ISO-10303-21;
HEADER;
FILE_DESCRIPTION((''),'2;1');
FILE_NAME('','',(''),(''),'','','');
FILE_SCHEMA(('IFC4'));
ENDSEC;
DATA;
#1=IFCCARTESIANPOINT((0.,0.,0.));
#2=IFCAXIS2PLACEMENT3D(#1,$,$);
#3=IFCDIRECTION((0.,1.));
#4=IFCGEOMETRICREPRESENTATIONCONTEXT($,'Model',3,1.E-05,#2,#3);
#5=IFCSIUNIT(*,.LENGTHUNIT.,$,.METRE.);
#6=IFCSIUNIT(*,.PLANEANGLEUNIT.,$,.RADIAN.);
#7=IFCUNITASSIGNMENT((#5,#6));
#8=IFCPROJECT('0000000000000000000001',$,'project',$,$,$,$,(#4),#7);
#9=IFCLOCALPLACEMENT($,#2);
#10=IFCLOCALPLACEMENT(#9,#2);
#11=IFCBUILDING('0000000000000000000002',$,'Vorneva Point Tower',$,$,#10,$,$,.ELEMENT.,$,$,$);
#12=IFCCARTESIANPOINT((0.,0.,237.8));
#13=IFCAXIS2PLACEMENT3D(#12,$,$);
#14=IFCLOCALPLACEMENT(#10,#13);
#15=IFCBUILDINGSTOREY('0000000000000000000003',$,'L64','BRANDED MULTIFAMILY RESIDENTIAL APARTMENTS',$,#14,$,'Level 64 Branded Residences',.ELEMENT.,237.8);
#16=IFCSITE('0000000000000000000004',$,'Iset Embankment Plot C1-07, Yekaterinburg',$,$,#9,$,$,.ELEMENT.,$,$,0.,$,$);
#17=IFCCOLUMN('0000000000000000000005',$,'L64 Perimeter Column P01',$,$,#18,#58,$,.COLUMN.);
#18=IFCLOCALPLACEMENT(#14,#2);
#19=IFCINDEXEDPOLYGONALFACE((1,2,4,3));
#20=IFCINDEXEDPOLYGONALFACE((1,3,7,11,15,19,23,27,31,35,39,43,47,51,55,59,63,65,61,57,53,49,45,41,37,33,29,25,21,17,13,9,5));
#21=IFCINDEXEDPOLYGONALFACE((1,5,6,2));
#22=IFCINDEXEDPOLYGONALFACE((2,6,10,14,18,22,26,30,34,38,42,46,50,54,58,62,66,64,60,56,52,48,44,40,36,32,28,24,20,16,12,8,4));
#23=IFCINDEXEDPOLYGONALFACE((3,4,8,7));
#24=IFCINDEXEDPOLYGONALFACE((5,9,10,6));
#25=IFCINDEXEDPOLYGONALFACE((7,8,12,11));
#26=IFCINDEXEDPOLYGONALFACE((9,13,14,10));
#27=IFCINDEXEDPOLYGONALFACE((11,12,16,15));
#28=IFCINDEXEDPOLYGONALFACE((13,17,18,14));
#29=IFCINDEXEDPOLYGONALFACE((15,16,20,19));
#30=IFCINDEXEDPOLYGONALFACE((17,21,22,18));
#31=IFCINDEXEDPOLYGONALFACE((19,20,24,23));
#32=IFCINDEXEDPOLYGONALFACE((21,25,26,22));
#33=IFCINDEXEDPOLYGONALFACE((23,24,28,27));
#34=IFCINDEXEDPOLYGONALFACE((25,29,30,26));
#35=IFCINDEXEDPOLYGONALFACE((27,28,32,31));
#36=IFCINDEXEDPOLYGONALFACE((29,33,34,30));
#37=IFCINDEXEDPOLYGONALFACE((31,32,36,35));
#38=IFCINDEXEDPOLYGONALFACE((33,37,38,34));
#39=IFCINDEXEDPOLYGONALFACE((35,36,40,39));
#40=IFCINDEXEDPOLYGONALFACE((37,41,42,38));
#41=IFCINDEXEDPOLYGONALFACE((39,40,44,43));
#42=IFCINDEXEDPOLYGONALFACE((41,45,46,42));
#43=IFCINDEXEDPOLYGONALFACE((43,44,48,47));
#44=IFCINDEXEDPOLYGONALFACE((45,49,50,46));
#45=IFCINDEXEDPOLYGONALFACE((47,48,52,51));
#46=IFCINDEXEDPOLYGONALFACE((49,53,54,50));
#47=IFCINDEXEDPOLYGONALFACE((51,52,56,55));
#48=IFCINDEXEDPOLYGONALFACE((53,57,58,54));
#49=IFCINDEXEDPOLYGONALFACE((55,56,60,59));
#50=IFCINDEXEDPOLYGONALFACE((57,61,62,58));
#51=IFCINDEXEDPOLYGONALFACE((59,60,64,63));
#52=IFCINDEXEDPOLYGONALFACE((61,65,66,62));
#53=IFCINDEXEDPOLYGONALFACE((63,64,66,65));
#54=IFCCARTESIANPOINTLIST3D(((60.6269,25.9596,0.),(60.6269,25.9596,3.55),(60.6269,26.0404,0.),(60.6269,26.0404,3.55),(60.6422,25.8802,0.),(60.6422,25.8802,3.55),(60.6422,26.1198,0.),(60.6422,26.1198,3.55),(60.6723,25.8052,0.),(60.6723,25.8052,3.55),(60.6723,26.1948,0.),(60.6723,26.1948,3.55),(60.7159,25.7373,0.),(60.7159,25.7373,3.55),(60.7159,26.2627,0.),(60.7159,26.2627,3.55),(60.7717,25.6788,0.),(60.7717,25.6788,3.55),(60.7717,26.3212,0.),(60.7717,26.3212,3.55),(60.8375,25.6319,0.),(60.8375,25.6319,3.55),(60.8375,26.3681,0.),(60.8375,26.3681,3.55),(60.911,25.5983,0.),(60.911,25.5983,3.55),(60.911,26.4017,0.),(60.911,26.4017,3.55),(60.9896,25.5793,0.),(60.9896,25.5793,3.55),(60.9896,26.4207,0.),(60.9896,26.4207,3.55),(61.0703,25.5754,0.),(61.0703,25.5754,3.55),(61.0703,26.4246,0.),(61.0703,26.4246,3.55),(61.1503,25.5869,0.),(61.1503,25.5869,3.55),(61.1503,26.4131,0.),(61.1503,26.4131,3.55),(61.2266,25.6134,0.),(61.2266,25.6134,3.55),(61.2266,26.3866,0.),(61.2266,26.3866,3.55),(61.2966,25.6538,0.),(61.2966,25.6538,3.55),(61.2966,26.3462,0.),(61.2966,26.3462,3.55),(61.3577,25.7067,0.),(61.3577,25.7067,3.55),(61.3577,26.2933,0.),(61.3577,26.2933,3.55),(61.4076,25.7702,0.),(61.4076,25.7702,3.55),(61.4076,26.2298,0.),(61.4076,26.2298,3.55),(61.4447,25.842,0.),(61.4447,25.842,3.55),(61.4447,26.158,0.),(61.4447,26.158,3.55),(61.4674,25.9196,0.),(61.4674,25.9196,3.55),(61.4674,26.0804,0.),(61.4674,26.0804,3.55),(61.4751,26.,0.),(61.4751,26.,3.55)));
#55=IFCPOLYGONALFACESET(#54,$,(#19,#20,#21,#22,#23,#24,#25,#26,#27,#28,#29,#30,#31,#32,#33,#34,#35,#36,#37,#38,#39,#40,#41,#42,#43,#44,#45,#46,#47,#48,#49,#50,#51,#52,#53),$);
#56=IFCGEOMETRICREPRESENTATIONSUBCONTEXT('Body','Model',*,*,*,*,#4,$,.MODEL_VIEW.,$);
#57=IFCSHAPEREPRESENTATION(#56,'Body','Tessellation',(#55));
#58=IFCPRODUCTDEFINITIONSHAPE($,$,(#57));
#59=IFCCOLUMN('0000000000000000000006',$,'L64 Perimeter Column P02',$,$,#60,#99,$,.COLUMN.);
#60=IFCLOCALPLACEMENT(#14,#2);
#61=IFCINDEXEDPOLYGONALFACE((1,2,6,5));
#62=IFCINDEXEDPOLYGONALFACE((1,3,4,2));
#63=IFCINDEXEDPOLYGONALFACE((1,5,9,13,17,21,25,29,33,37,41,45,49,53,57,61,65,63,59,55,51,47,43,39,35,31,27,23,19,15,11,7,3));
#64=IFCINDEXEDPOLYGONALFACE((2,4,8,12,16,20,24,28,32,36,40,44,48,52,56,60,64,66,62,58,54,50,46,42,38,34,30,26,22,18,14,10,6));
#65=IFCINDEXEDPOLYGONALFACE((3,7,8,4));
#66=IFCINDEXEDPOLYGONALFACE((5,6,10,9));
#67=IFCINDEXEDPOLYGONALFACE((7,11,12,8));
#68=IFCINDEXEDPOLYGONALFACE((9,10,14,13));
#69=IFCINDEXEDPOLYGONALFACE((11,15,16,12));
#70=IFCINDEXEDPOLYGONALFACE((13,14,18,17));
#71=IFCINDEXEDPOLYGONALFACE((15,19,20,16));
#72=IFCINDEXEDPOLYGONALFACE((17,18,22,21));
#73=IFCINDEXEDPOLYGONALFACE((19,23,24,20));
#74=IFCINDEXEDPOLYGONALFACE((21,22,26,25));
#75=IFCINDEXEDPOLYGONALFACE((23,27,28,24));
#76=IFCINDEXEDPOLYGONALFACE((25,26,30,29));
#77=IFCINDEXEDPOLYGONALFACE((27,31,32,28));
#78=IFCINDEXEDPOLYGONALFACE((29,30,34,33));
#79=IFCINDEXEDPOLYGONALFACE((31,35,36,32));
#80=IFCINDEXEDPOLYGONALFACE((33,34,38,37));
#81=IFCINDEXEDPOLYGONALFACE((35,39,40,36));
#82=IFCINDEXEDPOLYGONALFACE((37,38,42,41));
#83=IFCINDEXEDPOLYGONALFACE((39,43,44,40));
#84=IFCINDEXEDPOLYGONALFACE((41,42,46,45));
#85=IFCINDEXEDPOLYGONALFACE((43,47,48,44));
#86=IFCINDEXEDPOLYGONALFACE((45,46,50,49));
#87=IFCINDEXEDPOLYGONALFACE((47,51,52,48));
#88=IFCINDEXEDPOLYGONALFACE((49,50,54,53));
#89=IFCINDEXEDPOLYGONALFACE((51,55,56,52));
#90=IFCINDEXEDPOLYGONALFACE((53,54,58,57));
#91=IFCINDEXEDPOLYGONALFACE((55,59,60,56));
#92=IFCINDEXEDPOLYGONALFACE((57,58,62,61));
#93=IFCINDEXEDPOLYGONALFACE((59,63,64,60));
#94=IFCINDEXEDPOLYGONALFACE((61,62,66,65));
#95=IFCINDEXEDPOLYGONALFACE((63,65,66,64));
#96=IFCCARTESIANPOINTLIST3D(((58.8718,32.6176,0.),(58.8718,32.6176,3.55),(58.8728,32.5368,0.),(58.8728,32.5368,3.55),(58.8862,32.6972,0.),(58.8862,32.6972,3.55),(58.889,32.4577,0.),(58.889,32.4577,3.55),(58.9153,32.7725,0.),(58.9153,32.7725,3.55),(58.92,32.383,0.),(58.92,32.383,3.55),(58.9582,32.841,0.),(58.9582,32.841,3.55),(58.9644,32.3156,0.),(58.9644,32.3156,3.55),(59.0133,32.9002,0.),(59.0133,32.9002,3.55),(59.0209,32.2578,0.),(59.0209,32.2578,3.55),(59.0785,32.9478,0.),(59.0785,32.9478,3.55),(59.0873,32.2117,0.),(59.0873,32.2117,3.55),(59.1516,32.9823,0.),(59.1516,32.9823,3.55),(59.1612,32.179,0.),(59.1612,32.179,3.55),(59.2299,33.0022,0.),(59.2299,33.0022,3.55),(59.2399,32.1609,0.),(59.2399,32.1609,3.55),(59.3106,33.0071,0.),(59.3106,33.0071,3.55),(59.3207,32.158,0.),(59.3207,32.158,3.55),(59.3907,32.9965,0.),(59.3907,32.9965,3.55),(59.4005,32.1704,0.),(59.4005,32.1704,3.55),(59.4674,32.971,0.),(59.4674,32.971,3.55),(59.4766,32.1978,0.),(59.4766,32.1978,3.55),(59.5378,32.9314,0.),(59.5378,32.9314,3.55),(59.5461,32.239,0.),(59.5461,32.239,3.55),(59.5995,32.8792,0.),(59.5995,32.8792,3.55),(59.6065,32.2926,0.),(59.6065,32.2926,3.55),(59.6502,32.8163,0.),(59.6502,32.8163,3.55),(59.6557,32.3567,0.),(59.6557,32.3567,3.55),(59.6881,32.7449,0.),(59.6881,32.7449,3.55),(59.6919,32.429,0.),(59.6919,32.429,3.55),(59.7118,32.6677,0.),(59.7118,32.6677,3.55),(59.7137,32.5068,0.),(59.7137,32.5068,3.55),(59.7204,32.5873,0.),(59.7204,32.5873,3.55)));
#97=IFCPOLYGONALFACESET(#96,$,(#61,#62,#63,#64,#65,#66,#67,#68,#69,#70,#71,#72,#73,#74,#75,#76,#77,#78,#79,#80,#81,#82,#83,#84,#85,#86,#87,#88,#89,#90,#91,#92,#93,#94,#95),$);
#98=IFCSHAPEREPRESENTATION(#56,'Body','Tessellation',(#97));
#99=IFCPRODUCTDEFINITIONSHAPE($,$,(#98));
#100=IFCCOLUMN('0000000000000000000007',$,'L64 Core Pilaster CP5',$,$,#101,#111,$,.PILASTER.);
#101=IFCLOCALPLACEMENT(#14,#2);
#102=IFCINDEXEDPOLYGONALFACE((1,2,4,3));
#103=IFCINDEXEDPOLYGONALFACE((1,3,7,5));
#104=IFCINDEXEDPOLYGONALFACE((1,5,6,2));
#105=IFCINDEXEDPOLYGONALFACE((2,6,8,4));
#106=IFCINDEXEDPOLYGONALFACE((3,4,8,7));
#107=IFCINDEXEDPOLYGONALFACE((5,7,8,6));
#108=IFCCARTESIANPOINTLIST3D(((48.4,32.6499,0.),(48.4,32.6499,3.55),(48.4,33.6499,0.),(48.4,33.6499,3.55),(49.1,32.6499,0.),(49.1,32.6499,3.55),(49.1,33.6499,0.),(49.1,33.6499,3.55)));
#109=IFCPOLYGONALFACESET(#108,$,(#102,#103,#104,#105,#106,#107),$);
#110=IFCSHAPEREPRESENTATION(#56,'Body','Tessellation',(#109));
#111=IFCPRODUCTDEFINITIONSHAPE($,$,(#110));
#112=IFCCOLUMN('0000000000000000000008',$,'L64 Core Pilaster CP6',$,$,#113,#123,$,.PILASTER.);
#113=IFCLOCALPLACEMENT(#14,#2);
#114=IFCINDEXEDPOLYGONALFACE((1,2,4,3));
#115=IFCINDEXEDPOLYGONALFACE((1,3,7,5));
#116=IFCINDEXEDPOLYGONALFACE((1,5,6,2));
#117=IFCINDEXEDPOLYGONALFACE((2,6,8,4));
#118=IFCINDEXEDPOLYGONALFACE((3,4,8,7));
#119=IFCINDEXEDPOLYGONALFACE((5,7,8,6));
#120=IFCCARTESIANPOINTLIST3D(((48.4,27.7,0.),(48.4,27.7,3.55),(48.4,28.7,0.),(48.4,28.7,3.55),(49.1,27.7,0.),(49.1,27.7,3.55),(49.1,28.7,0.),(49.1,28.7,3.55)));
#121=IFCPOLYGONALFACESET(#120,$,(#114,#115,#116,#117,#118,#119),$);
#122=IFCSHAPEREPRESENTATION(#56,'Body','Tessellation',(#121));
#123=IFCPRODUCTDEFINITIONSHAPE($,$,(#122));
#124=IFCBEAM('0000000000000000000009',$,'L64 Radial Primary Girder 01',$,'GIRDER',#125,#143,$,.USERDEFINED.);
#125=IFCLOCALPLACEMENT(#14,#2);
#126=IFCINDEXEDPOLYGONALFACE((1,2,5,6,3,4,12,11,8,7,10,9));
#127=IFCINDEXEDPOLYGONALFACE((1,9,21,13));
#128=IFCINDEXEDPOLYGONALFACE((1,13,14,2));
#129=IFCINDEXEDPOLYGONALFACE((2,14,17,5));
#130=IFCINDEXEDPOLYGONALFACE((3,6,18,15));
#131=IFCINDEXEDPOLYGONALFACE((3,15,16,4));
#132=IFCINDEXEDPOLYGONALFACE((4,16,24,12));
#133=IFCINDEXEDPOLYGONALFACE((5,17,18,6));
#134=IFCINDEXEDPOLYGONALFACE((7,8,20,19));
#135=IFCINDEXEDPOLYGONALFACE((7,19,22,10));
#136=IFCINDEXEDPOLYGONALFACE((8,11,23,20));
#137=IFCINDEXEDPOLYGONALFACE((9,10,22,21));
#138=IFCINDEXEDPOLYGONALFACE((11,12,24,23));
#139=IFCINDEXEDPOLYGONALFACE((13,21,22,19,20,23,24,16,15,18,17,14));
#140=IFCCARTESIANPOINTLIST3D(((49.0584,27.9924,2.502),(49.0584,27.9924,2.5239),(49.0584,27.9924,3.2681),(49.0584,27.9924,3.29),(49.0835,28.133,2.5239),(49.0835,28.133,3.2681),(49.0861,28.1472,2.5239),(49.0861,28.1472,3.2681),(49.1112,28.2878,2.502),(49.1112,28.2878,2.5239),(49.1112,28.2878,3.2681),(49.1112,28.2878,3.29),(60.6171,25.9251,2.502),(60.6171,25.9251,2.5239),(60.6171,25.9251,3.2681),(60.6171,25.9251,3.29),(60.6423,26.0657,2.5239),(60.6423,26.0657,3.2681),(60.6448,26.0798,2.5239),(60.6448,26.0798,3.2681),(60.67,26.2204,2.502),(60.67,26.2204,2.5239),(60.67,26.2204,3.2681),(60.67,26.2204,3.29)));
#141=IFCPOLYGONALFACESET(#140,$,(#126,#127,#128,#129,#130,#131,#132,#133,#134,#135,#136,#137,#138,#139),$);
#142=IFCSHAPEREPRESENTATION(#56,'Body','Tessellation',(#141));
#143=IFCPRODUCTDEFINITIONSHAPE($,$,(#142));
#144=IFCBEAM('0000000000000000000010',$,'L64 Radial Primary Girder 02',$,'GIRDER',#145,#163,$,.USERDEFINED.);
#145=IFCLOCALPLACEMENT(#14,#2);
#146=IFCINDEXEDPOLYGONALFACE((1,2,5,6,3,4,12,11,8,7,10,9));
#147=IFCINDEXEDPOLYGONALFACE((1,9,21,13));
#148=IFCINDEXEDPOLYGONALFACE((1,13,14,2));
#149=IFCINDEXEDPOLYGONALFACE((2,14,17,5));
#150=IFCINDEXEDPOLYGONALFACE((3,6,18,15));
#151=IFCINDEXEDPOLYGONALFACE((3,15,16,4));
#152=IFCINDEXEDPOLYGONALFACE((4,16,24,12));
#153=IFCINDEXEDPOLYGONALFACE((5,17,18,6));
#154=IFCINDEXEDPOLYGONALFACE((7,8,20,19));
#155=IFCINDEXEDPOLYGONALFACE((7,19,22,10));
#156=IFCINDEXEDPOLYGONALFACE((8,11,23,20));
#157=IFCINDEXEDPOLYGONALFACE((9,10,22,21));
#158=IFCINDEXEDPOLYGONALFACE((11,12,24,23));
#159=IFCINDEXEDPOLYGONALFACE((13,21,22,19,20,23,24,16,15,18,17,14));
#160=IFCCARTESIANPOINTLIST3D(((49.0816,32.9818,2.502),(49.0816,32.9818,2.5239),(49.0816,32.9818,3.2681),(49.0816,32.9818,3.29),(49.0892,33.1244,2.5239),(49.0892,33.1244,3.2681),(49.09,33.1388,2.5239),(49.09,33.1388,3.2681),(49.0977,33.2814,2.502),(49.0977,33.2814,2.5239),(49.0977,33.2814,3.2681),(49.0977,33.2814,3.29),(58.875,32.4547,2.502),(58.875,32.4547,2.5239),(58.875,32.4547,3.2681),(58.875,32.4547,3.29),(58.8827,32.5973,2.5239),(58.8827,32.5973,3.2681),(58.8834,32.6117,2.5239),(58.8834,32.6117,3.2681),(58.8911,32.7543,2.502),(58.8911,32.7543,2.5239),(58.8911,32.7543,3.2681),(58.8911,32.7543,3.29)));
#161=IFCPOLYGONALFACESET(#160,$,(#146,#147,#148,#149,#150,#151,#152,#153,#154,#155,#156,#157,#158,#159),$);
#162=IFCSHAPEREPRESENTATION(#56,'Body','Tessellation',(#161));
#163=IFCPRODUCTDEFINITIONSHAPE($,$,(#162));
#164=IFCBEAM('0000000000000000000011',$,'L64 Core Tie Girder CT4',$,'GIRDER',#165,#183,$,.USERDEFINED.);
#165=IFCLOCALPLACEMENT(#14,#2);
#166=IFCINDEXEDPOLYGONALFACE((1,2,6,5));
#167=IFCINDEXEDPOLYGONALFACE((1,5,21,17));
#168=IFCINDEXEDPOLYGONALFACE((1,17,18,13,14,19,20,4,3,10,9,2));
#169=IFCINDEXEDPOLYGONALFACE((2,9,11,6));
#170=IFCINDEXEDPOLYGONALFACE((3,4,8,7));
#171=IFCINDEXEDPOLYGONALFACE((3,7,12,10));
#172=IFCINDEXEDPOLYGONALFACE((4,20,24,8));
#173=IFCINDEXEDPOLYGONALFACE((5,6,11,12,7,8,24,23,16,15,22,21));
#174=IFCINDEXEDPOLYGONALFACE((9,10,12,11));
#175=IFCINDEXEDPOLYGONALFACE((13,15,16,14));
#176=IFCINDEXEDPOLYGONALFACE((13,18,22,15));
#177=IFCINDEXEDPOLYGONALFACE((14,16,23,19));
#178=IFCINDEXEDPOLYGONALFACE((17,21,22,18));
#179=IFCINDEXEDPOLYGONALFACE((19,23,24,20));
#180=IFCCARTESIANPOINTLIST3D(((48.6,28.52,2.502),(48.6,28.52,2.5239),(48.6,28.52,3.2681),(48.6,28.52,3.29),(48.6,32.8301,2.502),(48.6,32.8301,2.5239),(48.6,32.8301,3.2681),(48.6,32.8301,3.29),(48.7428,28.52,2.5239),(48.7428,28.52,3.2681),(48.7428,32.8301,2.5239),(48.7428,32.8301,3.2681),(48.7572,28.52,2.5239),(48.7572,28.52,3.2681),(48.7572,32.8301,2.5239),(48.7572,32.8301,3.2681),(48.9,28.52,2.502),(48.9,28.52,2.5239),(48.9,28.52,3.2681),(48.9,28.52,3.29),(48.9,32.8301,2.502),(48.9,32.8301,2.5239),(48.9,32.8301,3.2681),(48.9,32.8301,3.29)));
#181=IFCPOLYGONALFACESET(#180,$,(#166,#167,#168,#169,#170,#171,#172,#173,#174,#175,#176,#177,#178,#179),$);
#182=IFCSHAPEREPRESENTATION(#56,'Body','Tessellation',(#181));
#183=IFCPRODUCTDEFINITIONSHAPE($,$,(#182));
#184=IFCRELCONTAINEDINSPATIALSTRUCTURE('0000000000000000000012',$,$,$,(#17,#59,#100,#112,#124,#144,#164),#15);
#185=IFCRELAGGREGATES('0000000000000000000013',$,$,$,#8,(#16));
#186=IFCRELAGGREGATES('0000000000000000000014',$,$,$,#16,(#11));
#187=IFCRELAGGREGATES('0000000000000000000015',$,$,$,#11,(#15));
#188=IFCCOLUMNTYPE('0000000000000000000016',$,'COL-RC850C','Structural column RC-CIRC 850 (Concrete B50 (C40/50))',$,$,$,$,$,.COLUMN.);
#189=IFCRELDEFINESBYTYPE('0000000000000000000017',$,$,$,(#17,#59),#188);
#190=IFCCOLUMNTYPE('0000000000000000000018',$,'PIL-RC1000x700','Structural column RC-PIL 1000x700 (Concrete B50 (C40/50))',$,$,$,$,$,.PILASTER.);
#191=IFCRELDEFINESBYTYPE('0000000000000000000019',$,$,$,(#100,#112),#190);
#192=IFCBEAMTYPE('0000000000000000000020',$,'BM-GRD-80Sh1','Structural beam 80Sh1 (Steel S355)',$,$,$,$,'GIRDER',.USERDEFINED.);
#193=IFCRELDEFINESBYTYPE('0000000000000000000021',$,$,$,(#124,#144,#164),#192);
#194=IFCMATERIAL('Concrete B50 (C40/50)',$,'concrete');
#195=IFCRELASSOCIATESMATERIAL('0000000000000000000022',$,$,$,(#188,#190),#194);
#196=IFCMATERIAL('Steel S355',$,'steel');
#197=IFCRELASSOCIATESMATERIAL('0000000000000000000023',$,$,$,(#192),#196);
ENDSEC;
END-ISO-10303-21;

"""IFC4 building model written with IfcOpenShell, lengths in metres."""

from ifc_helpers import new_model, si_unit, direction, frame, origin, origin_2d, place, context, subcontext, project, spatial, rectangle, circle, i_section, extrude, material, material_profile, profile_set, type_object, element, save


model = new_model("IFC4")

# Units and contexts
model_context = context("Model", 3, precision=1e-05, world=origin(), true_north=direction((0.0, 1.0)))
body_context = subcontext(model_context, "Body", "Model", "MODEL_VIEW")
ifc_project = project(units=[si_unit("LENGTHUNIT", "METRE"), si_unit("PLANEANGLEUNIT", "RADIAN")], contexts=[model_context])

# Site, building, storey
site_placement = place(None, origin())
site = spatial("IfcSite", under=ifc_project, at=site_placement, Name="Iset Embankment Plot C1-07, Yekaterinburg", CompositionType="ELEMENT", RefElevation=0.0)
building_placement = place(site_placement, origin())
building = spatial("IfcBuilding", under=site, at=building_placement, Name="Vorneva Point Tower", CompositionType="ELEMENT")
storey_placement = place(building_placement, frame((0.0, 0.0, 237.8)))
storey = spatial("IfcBuildingStorey", under=building, at=storey_placement, Name="L64", Description="BRANDED MULTIFAMILY RESIDENTIAL APARTMENTS", LongName="Level 64 Branded Residences", CompositionType="ELEMENT", Elevation=237.8)

# Columns
ifc_material_1 = material(Name="Concrete B50 (C40/50)", Category="concrete")
ifc_material_profile_1 = material_profile(ifc_material_1, circle(Radius=0.425, at=origin_2d()), Name="RC-CIRC 850")
ifc_profile_set_1 = profile_set([ifc_material_profile_1], Name="Concrete B50 (C40/50)")
column_type_1 = type_object("IfcColumnType", Name="COL-RC850C", Description="Structural column RC-CIRC 850 (Concrete B50 (C40/50))", PredefinedType="COLUMN", material=ifc_profile_set_1)
for number, where, z_axis, x_axis, name in (
    (1, (61.05, 26.0, 0.0), (0.0, 0.0, 1.0), (1.0, 0.0, 0.0), "L64 Perimeter Column P01"),
    (2, (59.2954, 32.5823, 0.0), (0.0, 0.0, 1.0), (0.92388, 0.382683, 0.0), "L64 Perimeter Column P02"),
):
    element("IfcColumn", number, at=place(storey_placement, frame(where, z_axis=z_axis, x_axis=x_axis)), inside=storey, type_object=column_type_1, Name=name, PredefinedType="COLUMN", context=body_context, shape_type="SweptSolid", body=[
        extrude(circle(Radius=0.425, at=origin_2d()), origin(), (0.0, 0.0, 1.0), 3.55),
    ])
ifc_material_profile_2 = material_profile(ifc_material_1, rectangle(XDim=0.7, YDim=1.0, at=origin_2d()), Name="RC-PIL 1000x700")
ifc_profile_set_2 = profile_set([ifc_material_profile_2], Name="Concrete B50 (C40/50)")
column_type_2 = type_object("IfcColumnType", Name="PIL-RC1000x700", Description="Structural column RC-PIL 1000x700 (Concrete B50 (C40/50))", PredefinedType="PILASTER", material=ifc_profile_set_2)
for number, where, z_axis, x_axis, name in (
    (3, (48.75, 33.1499, 0.0), (0.0, 0.0, 1.0), (1.0, 0.0, 0.0), "L64 Core Pilaster CP5"),
    (4, (48.75, 28.2, 0.0), (0.0, 0.0, 1.0), (1.0, 0.0, 0.0), "L64 Core Pilaster CP6"),
):
    element("IfcColumn", number, at=place(storey_placement, frame(where, z_axis=z_axis, x_axis=x_axis)), inside=storey, type_object=column_type_2, Name=name, PredefinedType="PILASTER", context=body_context, shape_type="SweptSolid", body=[
        extrude(rectangle(XDim=0.7, YDim=1.0, at=origin_2d()), origin(), (0.0, 0.0, 1.0), 3.55),
    ])

# Beams
ifc_material_2 = material(Name="Steel S355", Category="steel")
ifc_material_profile_3 = material_profile(ifc_material_2, i_section(OverallWidth=0.3, OverallDepth=0.7881, WebThickness=0.0144, FlangeThickness=0.022, at=origin_2d()), Name="80Sh1")
ifc_profile_set_3 = profile_set([ifc_material_profile_3], Name="Steel S355")
beam_type_1 = type_object("IfcBeamType", Name="BM-GRD-80Sh1", Description="Structural beam 80Sh1 (Steel S355)", ElementType="GIRDER", PredefinedType="USERDEFINED", material=ifc_profile_set_3)
beam_1_placement = place(storey_placement, frame((60.6436, 26.0728, 2.896), z_axis=(-0.984379, 0.176063, 0.0), x_axis=(-0.176063, -0.984379, 0.0)))
element("IfcBeam", 5, at=beam_1_placement, inside=storey, type_object=beam_type_1, Name="L64 Radial Primary Girder 01", ObjectType="GIRDER", PredefinedType="USERDEFINED", context=body_context, shape_type="SweptSolid", body=[
    extrude(i_section(OverallWidth=0.3, OverallDepth=0.7881, WebThickness=0.0144, FlangeThickness=0.022, at=origin_2d()), origin(), (0.0, 0.0, 1.0), 11.7422),
])
beam_2_placement = place(storey_placement, frame((58.8831, 32.6045, 2.896), z_axis=(-0.998555, 0.053744, 0.0), x_axis=(-0.053744, -0.998555, 0.0)))
element("IfcBeam", 6, at=beam_2_placement, inside=storey, type_object=beam_type_1, Name="L64 Radial Primary Girder 02", ObjectType="GIRDER", PredefinedType="USERDEFINED", context=body_context, shape_type="SweptSolid", body=[
    extrude(i_section(OverallWidth=0.3, OverallDepth=0.7881, WebThickness=0.0144, FlangeThickness=0.022, at=origin_2d()), origin(), (0.0, 0.0, 1.0), 9.8076),
])
beam_3_placement = place(storey_placement, frame((48.75, 28.52, 2.896), z_axis=(0.0, 1.0, 0.0), x_axis=(-1.0, 0.0, 0.0)))
element("IfcBeam", 7, at=beam_3_placement, inside=storey, type_object=beam_type_1, Name="L64 Core Tie Girder CT4", ObjectType="GIRDER", PredefinedType="USERDEFINED", context=body_context, shape_type="SweptSolid", body=[
    extrude(i_section(OverallWidth=0.3, OverallDepth=0.7881, WebThickness=0.0144, FlangeThickness=0.022, at=origin_2d()), origin(), (0.0, 0.0, 1.0), 4.3101),
])

save(model, "model.ifc")
